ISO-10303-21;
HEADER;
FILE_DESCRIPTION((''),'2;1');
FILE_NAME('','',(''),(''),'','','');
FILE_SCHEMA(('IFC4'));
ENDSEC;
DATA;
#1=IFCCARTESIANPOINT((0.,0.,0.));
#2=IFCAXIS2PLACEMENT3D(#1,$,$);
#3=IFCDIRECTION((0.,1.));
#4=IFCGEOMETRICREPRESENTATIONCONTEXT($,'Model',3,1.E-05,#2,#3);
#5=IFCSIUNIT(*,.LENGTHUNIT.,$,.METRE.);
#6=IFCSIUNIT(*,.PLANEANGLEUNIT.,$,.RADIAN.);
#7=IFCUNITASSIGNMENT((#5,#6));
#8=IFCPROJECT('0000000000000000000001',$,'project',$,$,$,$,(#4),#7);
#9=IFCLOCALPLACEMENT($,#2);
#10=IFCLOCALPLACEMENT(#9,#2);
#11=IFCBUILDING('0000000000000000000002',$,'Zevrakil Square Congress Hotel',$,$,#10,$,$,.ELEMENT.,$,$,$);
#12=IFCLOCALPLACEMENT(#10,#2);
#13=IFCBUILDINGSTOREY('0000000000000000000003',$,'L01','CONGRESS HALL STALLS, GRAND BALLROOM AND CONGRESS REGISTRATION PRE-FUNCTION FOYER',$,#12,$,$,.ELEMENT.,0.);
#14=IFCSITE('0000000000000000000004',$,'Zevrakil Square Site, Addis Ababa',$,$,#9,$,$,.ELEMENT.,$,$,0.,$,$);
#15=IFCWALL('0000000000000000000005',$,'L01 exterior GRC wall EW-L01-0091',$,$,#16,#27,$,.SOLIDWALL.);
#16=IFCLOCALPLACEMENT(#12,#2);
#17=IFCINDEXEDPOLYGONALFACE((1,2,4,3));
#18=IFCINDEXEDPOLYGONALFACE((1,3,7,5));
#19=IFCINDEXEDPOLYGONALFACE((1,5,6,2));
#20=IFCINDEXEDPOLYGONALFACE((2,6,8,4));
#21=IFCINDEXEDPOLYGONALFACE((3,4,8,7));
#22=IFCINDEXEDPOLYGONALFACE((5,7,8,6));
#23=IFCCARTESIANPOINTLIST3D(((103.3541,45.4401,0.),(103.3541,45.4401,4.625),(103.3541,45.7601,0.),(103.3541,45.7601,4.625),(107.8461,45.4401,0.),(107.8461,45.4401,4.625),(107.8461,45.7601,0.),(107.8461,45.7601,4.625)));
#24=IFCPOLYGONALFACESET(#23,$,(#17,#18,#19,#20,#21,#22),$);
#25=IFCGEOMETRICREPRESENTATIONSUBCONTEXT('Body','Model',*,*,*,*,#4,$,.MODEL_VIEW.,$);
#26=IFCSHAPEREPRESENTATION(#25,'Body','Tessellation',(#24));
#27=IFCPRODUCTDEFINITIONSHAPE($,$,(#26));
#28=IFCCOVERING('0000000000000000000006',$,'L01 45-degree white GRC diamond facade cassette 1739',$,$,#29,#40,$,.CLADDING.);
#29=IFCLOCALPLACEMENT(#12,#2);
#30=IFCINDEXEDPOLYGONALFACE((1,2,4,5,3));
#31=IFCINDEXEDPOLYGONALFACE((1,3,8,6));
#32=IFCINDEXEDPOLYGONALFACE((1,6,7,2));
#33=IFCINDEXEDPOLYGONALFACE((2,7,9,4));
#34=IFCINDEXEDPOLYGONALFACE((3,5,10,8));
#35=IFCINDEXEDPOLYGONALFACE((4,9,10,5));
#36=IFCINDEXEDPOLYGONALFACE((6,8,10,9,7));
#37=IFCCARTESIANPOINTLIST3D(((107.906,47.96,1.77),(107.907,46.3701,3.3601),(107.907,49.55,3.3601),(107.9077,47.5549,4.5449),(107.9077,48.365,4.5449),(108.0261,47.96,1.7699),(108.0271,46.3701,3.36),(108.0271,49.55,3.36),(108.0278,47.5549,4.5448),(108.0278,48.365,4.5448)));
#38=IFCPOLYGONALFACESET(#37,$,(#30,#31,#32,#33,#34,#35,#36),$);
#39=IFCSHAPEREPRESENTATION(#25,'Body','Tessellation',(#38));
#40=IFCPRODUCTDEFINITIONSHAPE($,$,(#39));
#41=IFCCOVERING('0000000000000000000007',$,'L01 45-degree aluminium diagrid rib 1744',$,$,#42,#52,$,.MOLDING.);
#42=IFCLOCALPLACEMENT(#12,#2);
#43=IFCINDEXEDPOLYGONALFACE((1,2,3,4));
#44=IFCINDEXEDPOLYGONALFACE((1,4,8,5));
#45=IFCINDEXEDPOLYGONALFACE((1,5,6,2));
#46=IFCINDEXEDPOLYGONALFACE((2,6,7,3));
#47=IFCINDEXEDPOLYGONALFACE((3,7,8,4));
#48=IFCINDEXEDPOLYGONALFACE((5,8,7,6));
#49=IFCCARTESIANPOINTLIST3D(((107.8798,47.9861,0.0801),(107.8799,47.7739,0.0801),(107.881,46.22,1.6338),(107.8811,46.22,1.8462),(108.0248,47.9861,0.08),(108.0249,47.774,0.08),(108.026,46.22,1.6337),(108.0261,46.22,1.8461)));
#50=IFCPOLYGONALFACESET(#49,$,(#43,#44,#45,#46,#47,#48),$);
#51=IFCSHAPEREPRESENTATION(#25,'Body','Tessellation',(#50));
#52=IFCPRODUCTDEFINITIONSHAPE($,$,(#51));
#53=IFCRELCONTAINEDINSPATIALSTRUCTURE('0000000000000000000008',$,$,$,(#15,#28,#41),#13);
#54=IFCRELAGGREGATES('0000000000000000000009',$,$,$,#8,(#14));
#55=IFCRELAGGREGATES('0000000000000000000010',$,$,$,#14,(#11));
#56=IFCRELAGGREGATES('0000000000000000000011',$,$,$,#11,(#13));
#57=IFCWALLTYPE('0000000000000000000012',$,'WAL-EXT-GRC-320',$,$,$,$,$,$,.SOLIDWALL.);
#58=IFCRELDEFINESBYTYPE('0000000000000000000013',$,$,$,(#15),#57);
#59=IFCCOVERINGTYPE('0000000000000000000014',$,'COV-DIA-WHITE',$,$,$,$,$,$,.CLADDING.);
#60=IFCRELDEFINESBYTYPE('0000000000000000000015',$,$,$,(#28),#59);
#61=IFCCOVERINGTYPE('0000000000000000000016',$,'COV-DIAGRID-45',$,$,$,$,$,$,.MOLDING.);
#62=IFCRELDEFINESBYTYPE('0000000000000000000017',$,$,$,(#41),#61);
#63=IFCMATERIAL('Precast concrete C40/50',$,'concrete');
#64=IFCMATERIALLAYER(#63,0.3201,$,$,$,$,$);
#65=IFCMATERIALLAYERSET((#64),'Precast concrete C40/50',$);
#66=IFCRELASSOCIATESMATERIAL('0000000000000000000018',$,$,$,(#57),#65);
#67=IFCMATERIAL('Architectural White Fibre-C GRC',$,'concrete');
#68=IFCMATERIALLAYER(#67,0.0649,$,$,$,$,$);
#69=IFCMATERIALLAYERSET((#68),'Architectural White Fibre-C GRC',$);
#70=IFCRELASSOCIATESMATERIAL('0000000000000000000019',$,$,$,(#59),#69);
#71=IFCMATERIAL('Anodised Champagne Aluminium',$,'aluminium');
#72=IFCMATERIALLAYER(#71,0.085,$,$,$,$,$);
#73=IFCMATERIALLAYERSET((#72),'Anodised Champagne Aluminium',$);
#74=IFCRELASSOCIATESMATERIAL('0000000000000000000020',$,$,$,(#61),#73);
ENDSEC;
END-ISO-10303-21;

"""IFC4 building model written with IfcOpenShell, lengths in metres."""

from ifc_helpers import new_model, si_unit, direction, frame, frame_2d, origin, place, context, subcontext, project, spatial, polyline, rectangle, outline, extrude, material, layer, layer_set, type_object, element, save


model = new_model("IFC4")

# Units and contexts
model_context = context("Model", 3, precision=1e-05, world=origin(), true_north=direction((0.0, 1.0)))
body_context = subcontext(model_context, "Body", "Model", "MODEL_VIEW")
ifc_project = project(units=[si_unit("LENGTHUNIT", "METRE"), si_unit("PLANEANGLEUNIT", "RADIAN")], contexts=[model_context])

# Site, building, storey
site_placement = place(None, origin())
site = spatial("IfcSite", under=ifc_project, at=site_placement, Name="Zevrakil Square Site, Addis Ababa", CompositionType="ELEMENT", RefElevation=0.0)
building_placement = place(site_placement, origin())
building = spatial("IfcBuilding", under=site, at=building_placement, Name="Zevrakil Square Congress Hotel", CompositionType="ELEMENT")
storey_placement = place(building_placement, origin())
storey = spatial("IfcBuildingStorey", under=building, at=storey_placement, Name="L01", Description="CONGRESS HALL STALLS, GRAND BALLROOM AND CONGRESS REGISTRATION PRE-FUNCTION FOYER", CompositionType="ELEMENT", Elevation=0.0)

# Shared definitions
ifc_material_1 = material(Name="Precast concrete C40/50", Category="concrete")
ifc_layer_1 = layer(ifc_material_1, 0.3201)
ifc_layer_set_1 = layer_set([ifc_layer_1], Name="Precast concrete C40/50")
wall_type_1 = type_object("IfcWallType", Name="WAL-EXT-GRC-320", PredefinedType="SOLIDWALL", material=ifc_layer_set_1)

# Wall
wall_1_placement = place(storey_placement, frame((103.354, 45.6001, 0.0), z_axis=(0.0, 0.0, 1.0), x_axis=(1.0, 0.0, 0.0)))
element("IfcWall", 1, at=wall_1_placement, inside=storey, type_object=wall_type_1, Name="L01 exterior GRC wall EW-L01-0091", PredefinedType="SOLIDWALL", context=body_context, shape_type="SweptSolid", body=[
    extrude(rectangle(XDim=4.4919, YDim=0.3201, at=frame_2d((2.2461, 0.0))), origin(), (0.0, 0.0, 1.0), 4.625),
])

# Coverings
ifc_material_2 = material(Name="Architectural White Fibre-C GRC", Category="concrete")
ifc_layer_2 = layer(ifc_material_2, 0.0649)
ifc_layer_set_2 = layer_set([ifc_layer_2], Name="Architectural White Fibre-C GRC")
covering_type_1 = type_object("IfcCoveringType", Name="COV-DIA-WHITE", PredefinedType="CLADDING", material=ifc_layer_set_2)
covering_1_placement = place(storey_placement, frame((107.907, 46.3701, 3.3601), z_axis=(-1.0, 0.0, 0.000616), x_axis=(-0.000436, 0.707052, -0.707161)))
element("IfcCovering", 2, at=covering_1_placement, inside=storey, type_object=covering_type_1, Name="L01 45-degree white GRC diamond facade cassette 1739", PredefinedType="CLADDING", context=body_context, shape_type="SweptSolid", body=[
    extrude(outline(polyline([(0.0, 0.0), (2.2486, 0.0), (2.2484, -2.2487), (0.5726, -2.2484), (-0.0001, -1.6756), (0.0, 0.0)])), origin(), (0.0, 0.0, -1.0), 0.1201),
])
ifc_material_3 = material(Name="Anodised Champagne Aluminium", Category="aluminium")
ifc_layer_3 = layer(ifc_material_3, 0.085)
ifc_layer_set_3 = layer_set([ifc_layer_3], Name="Anodised Champagne Aluminium")
covering_type_2 = type_object("IfcCoveringType", Name="COV-DIAGRID-45", PredefinedType="MOLDING", material=ifc_layer_set_3)
covering_2_placement = place(storey_placement, frame((107.8799, 47.7739, 0.0801), z_axis=(-1.0, -0.000368, 0.000367), x_axis=(-0.000368, 1.0, 0.0)))
element("IfcCovering", 3, at=covering_2_placement, inside=storey, type_object=covering_type_2, Name="L01 45-degree aluminium diagrid rib 1744", PredefinedType="MOLDING", context=body_context, shape_type="SweptSolid", body=[
    extrude(outline(polyline([(0.0, 0.0), (0.2122, 0.0), (-1.554, -1.7661), (-1.554, -1.5537), (0.0, 0.0)])), origin(), (0.0, 0.0, -1.0), 0.145),
])

save(model, "model.ifc")
